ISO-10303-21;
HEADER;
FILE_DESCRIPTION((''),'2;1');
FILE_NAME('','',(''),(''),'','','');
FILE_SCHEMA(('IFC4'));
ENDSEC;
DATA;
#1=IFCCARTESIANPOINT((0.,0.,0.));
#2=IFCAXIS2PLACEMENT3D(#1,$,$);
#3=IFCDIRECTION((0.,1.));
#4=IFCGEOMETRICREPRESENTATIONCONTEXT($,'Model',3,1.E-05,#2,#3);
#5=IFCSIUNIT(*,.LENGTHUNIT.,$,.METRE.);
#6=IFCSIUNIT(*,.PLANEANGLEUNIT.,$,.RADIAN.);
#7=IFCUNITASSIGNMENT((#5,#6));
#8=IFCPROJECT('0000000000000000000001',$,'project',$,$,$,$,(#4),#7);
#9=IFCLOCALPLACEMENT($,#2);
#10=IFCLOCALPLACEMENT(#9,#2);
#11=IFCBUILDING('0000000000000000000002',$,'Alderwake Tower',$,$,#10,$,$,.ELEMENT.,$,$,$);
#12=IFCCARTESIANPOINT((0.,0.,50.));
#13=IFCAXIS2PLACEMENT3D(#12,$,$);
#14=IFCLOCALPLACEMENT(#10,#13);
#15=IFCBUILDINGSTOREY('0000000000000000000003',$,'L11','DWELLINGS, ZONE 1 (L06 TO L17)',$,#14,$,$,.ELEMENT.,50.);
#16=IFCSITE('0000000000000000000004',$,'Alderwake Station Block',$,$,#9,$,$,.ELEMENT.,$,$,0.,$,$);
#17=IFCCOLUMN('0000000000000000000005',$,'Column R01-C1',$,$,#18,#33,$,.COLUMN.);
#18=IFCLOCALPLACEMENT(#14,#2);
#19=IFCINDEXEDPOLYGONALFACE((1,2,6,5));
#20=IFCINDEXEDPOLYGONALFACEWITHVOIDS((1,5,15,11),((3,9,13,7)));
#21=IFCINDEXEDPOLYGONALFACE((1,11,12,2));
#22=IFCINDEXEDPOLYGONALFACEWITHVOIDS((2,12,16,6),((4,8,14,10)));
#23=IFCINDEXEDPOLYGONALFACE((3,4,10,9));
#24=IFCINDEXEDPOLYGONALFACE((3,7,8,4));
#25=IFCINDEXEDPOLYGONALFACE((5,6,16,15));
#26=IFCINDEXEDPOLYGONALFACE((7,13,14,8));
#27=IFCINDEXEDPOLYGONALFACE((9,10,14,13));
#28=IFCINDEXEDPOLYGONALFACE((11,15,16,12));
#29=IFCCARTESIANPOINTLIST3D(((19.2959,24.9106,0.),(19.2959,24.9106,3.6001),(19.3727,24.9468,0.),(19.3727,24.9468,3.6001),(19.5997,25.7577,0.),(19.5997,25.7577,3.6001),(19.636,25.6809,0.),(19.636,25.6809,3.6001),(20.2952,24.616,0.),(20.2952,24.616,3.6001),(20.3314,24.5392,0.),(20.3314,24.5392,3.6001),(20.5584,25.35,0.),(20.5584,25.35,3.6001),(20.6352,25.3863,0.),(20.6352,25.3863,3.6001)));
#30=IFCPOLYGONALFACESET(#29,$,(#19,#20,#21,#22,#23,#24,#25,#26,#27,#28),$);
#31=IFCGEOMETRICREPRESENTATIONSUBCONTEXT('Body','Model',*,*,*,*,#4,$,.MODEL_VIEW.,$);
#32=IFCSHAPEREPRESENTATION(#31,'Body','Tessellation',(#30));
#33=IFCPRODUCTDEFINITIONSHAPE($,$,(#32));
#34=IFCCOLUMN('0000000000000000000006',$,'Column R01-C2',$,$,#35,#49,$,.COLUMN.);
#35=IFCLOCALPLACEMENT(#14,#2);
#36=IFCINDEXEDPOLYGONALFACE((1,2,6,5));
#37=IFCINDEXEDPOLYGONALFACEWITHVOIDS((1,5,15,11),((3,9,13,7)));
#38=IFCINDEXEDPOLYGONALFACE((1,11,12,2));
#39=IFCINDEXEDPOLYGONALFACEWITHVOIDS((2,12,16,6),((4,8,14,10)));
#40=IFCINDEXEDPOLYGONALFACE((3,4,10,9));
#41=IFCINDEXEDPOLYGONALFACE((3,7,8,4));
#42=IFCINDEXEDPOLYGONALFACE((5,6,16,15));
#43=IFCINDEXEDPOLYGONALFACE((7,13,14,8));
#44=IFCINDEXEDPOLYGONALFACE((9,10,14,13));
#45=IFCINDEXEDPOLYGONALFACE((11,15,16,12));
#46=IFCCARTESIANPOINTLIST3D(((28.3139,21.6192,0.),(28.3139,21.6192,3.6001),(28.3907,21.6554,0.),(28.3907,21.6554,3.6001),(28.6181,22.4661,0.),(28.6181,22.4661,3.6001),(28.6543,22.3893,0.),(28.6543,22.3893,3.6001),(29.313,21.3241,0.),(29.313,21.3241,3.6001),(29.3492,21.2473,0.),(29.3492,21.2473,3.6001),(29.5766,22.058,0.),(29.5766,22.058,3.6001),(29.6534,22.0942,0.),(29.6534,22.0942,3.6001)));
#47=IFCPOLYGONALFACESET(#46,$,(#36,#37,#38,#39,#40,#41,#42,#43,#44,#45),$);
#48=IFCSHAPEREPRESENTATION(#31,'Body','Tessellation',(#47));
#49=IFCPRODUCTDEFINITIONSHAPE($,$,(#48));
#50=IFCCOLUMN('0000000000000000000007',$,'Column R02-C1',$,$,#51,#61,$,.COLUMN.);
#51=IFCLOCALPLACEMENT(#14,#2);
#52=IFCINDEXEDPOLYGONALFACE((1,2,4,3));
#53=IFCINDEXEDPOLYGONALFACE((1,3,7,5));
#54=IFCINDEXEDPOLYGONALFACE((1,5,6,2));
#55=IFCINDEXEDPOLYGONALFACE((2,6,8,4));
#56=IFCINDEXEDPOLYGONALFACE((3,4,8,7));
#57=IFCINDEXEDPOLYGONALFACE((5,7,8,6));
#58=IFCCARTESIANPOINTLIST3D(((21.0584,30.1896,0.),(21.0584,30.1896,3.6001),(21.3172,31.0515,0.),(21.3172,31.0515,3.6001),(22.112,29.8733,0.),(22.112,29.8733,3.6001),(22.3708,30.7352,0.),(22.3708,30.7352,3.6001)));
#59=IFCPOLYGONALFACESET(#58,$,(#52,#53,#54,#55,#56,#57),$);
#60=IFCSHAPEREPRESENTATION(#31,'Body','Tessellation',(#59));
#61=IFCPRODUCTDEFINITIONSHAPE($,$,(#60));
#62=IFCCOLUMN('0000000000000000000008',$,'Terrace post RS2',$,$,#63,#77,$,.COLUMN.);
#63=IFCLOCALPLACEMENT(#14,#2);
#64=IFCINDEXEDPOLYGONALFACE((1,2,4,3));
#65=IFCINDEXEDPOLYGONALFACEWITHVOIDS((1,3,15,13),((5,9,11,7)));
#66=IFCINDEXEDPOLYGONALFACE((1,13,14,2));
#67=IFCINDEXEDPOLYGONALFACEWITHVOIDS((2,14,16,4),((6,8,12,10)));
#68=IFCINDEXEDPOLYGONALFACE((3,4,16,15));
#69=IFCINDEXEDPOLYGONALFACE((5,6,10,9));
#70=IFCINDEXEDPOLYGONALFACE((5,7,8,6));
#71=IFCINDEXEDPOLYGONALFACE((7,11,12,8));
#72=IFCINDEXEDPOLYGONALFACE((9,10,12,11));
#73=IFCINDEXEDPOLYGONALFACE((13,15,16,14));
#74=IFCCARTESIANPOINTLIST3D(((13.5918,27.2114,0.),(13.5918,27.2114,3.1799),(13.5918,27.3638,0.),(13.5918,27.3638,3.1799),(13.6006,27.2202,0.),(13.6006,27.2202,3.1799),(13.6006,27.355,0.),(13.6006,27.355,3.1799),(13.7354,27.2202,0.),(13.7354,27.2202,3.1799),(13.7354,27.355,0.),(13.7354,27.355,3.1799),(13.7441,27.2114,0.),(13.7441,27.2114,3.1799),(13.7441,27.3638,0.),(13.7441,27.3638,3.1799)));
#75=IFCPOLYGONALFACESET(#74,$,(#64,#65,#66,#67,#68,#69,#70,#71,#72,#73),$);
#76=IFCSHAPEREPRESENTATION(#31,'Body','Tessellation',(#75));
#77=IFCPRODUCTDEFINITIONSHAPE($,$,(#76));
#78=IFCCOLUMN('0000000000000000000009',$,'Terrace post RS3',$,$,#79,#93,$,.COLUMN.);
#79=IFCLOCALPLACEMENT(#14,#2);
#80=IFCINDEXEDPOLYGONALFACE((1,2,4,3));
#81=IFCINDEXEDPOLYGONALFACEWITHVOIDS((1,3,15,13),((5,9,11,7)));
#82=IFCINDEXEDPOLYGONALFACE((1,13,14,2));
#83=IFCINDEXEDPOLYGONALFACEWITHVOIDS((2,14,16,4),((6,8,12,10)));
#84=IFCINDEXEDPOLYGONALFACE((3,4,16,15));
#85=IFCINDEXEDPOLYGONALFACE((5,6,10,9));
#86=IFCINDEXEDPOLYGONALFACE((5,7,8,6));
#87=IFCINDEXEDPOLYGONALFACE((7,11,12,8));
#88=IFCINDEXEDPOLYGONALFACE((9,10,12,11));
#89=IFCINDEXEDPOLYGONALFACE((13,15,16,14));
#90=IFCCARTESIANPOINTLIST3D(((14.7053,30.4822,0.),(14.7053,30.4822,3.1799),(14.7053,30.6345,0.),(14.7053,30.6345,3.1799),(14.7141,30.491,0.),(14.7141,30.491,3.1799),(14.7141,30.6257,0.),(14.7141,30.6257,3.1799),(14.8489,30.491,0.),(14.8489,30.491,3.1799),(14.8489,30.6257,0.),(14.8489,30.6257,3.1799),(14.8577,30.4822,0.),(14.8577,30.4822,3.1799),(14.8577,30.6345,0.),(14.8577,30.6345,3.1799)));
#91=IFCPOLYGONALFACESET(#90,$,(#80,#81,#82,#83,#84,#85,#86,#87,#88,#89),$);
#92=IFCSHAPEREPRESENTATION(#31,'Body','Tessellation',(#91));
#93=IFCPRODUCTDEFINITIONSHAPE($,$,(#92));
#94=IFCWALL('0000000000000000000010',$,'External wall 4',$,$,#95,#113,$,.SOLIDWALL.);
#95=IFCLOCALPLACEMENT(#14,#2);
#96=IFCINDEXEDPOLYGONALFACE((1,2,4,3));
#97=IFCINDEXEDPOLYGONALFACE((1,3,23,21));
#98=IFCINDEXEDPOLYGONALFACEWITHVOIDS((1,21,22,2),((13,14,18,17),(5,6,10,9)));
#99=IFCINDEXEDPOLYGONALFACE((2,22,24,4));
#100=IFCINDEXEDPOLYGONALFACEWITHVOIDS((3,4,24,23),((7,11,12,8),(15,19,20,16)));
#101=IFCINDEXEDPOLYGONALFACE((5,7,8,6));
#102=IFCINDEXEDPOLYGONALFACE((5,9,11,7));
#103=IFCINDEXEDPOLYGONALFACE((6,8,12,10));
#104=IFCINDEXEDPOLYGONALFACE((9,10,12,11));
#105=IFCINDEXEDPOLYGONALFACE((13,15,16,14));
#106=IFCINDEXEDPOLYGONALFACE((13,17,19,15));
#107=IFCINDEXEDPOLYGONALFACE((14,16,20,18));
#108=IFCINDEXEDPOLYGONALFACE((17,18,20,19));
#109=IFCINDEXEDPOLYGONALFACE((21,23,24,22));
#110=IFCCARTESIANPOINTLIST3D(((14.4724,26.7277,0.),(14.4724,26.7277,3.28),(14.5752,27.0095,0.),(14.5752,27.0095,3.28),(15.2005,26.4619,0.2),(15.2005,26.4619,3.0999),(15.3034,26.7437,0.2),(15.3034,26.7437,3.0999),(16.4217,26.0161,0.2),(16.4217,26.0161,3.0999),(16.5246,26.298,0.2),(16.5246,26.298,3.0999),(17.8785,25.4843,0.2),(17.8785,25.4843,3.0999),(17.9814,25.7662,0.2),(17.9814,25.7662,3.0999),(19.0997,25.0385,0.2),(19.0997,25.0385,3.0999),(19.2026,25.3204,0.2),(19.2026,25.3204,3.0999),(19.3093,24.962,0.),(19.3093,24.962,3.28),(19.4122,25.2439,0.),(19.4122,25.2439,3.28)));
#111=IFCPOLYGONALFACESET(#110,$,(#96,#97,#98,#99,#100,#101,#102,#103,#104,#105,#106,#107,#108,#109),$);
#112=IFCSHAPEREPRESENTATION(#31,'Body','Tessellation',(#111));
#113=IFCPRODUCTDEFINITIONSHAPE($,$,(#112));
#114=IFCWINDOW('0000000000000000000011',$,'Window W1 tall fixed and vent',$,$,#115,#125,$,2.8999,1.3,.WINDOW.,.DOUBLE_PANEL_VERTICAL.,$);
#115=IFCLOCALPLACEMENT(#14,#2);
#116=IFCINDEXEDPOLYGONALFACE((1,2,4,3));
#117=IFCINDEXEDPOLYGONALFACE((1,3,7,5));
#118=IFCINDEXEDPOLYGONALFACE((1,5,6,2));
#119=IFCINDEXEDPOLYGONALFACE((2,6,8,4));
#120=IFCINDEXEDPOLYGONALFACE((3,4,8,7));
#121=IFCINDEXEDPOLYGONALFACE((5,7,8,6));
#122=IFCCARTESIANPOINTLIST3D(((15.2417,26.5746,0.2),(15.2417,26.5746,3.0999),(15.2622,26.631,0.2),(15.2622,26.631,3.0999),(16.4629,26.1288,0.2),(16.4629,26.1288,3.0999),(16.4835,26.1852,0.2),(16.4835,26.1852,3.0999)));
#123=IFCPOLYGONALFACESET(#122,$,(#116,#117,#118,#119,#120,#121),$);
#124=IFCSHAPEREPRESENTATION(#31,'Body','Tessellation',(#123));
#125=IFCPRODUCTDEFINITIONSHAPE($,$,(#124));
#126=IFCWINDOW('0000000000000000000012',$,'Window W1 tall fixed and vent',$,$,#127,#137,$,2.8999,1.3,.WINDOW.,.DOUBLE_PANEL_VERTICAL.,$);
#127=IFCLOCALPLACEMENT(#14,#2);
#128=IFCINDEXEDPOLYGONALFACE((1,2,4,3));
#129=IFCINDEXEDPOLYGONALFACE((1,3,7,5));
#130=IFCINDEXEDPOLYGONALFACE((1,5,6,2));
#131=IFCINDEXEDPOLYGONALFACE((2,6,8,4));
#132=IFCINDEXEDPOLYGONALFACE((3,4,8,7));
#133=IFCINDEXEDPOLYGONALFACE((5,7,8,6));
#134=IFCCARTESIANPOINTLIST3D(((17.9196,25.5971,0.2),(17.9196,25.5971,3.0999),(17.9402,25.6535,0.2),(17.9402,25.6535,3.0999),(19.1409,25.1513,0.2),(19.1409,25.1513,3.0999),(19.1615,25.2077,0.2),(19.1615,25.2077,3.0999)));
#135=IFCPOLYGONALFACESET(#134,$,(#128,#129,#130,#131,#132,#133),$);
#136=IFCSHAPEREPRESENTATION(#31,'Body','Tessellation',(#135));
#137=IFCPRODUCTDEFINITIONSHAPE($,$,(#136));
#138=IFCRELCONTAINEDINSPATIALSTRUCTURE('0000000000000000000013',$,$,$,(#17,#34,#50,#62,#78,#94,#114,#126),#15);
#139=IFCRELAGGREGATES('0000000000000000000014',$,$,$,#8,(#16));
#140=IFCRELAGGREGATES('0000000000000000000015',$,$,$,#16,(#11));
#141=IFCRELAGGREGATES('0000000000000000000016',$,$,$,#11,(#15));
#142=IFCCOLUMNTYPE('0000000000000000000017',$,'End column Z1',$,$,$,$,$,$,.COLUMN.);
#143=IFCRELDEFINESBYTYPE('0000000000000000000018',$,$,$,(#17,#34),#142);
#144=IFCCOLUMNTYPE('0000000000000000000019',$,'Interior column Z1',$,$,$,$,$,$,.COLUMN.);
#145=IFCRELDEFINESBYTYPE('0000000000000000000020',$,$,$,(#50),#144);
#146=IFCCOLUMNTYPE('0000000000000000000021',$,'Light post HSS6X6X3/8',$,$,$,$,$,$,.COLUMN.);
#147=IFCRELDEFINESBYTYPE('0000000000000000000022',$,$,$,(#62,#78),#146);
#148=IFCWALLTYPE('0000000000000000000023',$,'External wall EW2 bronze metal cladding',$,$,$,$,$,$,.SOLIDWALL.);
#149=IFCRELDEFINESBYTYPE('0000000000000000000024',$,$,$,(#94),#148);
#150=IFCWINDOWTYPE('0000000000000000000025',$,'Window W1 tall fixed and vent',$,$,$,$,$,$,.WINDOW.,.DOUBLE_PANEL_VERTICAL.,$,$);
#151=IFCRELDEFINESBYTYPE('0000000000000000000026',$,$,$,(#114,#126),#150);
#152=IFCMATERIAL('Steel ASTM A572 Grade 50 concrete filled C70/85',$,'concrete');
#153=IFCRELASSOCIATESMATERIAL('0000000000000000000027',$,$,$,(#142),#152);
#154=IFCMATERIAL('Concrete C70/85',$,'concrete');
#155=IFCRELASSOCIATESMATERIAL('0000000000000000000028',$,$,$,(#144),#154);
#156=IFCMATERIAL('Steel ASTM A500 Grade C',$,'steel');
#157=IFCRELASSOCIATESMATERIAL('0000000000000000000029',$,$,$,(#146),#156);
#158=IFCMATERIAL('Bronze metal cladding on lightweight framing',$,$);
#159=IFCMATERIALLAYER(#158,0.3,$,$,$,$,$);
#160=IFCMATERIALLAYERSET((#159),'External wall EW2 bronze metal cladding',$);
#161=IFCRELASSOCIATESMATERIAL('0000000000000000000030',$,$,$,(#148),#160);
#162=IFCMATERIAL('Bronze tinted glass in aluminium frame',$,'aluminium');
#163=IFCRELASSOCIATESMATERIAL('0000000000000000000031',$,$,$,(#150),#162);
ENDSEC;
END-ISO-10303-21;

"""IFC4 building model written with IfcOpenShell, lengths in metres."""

from ifc_helpers import new_model, si_unit, direction, frame, frame_2d, origin, origin_2d, place, context, subcontext, project, spatial, rectangle, hollow_rectangle, extrude, material, layer, layer_set, material_profile, profile_set, type_object, element, fill, save


model = new_model("IFC4")

# Units and contexts
model_context = context("Model", 3, precision=1e-05, world=origin(), true_north=direction((0.0, 1.0)))
body_context = subcontext(model_context, "Body", "Model", "MODEL_VIEW")
ifc_project = project(units=[si_unit("LENGTHUNIT", "METRE"), si_unit("PLANEANGLEUNIT", "RADIAN")], contexts=[model_context])

# Site, building, storey
site_placement = place(None, origin())
site = spatial("IfcSite", under=ifc_project, at=site_placement, Name="Alderwake Station Block", CompositionType="ELEMENT", RefElevation=0.0)
building_placement = place(site_placement, origin())
building = spatial("IfcBuilding", under=site, at=building_placement, Name="Alderwake Tower", CompositionType="ELEMENT")
storey_placement = place(building_placement, frame((0.0, 0.0, 50.0)))
storey = spatial("IfcBuildingStorey", under=building, at=storey_placement, Name="L11", Description="DWELLINGS, ZONE 1 (L06 TO L17)", CompositionType="ELEMENT", Elevation=50.0)

# Columns
ifc_material_1 = material(Name="Steel ASTM A572 Grade 50 concrete filled C70/85", Category="concrete")
ifc_material_profile_1 = material_profile(ifc_material_1, hollow_rectangle(XDim=0.8999, YDim=1.1001, WallThickness=0.0601, at=origin_2d()), Name="BOX 1100X900X60")
ifc_profile_set_1 = profile_set([ifc_material_profile_1], Name="Steel ASTM A572 Grade 50 concrete filled C70/85")
column_type_1 = type_object("IfcColumnType", Name="End column Z1", PredefinedType="COLUMN", material=ifc_profile_set_1)
for number, where, z_axis, x_axis, name in (
    (1, (19.9656, 25.1484, 0.0), (0.0, 0.0, 1.0), (0.337585, 0.941295, 0.0), "Column R01-C1"),
    (2, (28.9836, 21.8567, 0.0), (0.0, 0.0, 1.0), (0.338027, 0.941136, 0.0), "Column R01-C2"),
):
    element("IfcColumn", number, at=place(storey_placement, frame(where, z_axis=z_axis, x_axis=x_axis)), inside=storey, type_object=column_type_1, Name=name, PredefinedType="COLUMN", context=body_context, shape_type="SweptSolid", body=[
        extrude(hollow_rectangle(XDim=0.8999, YDim=1.1001, WallThickness=0.0601, at=origin_2d()), origin(), (0.0, 0.0, 1.0), 3.6001),
    ])
ifc_material_2 = material(Name="Concrete C70/85", Category="concrete")
ifc_material_profile_2 = material_profile(ifc_material_2, rectangle(XDim=0.8999, YDim=1.1001, at=origin_2d()), Name="RC 1100X900")
ifc_profile_set_2 = profile_set([ifc_material_profile_2], Name="Concrete C70/85")
column_type_2 = type_object("IfcColumnType", Name="Interior column Z1", PredefinedType="COLUMN", material=ifc_profile_set_2)
column_placement = place(storey_placement, frame((21.7146, 30.4624, 0.0), z_axis=(0.0, 0.0, 1.0), x_axis=(0.287549, 0.957766, 0.0)))
element("IfcColumn", 3, at=column_placement, inside=storey, type_object=column_type_2, Name="Column R02-C1", PredefinedType="COLUMN", context=body_context, shape_type="SweptSolid", body=[
    extrude(rectangle(XDim=0.8999, YDim=1.1001, at=origin_2d()), origin(), (0.0, 0.0, 1.0), 3.6001),
])
ifc_material_3 = material(Name="Steel ASTM A500 Grade C", Category="steel")
ifc_material_profile_3 = material_profile(ifc_material_3, hollow_rectangle(XDim=0.1523, YDim=0.1523, WallThickness=0.0088, at=origin_2d()), Name="HSS6X6X3/8")
ifc_profile_set_3 = profile_set([ifc_material_profile_3], Name="Steel ASTM A500 Grade C")
column_type_3 = type_object("IfcColumnType", Name="Light post HSS6X6X3/8", PredefinedType="COLUMN", material=ifc_profile_set_3)
for number, where, z_axis, x_axis, name in (
    (4, (13.668, 27.2876, 0.0), (0.0, 0.0, 1.0), (1.0, 0.0, 0.0), "Terrace post RS2"),
    (5, (14.7815, 30.5583, 0.0), (0.0, 0.0, 1.0), (1.0, 0.0, 0.0), "Terrace post RS3"),
):
    element("IfcColumn", number, at=place(storey_placement, frame(where, z_axis=z_axis, x_axis=x_axis)), inside=storey, type_object=column_type_3, Name=name, PredefinedType="COLUMN", context=body_context, shape_type="SweptSolid", body=[
        extrude(hollow_rectangle(XDim=0.1523, YDim=0.1523, WallThickness=0.0088, at=origin_2d()), origin(), (0.0, 0.0, 1.0), 3.1799),
    ])

# Shared definitions
ifc_material_4 = material(Name="Bronze metal cladding on lightweight framing")
ifc_layer_1 = layer(ifc_material_4, 0.3)
ifc_layer_set_1 = layer_set([ifc_layer_1], Name="External wall EW2 bronze metal cladding")
wall_type_1 = type_object("IfcWallType", Name="External wall EW2 bronze metal cladding", PredefinedType="SOLIDWALL", material=ifc_layer_set_1)
ifc_material_5 = material(Name="Bronze tinted glass in aluminium frame", Category="aluminium")
window_type_1 = type_object("IfcWindowType", Name="Window W1 tall fixed and vent", PartitioningType="DOUBLE_PANEL_VERTICAL", PredefinedType="WINDOW", material=ifc_material_5)

# Wall, openings, windows
wall_1_placement = place(storey_placement, frame((14.5237, 26.8687, 0.0), z_axis=(0.0, 0.0, 1.0), x_axis=(0.939372, -0.3429, 0.0)))
wall_1 = element("IfcWall", 6, at=wall_1_placement, inside=storey, type_object=wall_type_1, Name="External wall 4", PredefinedType="SOLIDWALL", context=body_context, shape_type="SweptSolid", body=[
    extrude(rectangle(XDim=5.1492, YDim=0.3, at=frame_2d((2.5747, 0.0))), origin(), (0.0, 0.0, 1.0), 3.28),
])
opening_1_placement = place(wall_1_placement, frame((0.7754, 0.0, 0.2)))
opening_1 = element("IfcOpeningElement", 7, at=opening_1_placement, cuts=wall_1, PredefinedType="OPENING", context=body_context, shape_type="SweptSolid", body=[
    extrude(rectangle(XDim=1.3, YDim=2.8999, at=frame_2d((0.6499, 1.45))), frame((0.0, 0.1599, 0.0), z_axis=(0.0, -1.0, 0.0), x_axis=(1.0, 0.0, 0.0)), (0.0, 0.0, 1.0), 0.3201),
])
opening_2_placement = place(wall_1_placement, frame((3.6262, 0.0, 0.2)))
opening_2 = element("IfcOpeningElement", 8, at=opening_2_placement, cuts=wall_1, PredefinedType="OPENING", context=body_context, shape_type="SweptSolid", body=[
    extrude(rectangle(XDim=1.3, YDim=2.8999, at=frame_2d((0.6499, 1.45))), frame((0.0, 0.1599, 0.0), z_axis=(0.0, -1.0, 0.0), x_axis=(1.0, 0.0, 0.0)), (0.0, 0.0, 1.0), 0.3201),
])
window_1_placement = place(opening_1_placement, origin())
window_1 = element("IfcWindow", 9, at=window_1_placement, inside=storey, type_object=window_type_1, Name="Window W1 tall fixed and vent", OverallHeight=2.8999, OverallWidth=1.3, PartitioningType="DOUBLE_PANEL_VERTICAL", PredefinedType="WINDOW", context=body_context, shape_type="SweptSolid", body=[
    extrude(rectangle(XDim=1.3, YDim=2.8999, at=frame_2d((0.6499, 1.45))), frame((0.0, 0.03, 0.0), z_axis=(0.0, -1.0, 0.0), x_axis=(1.0, 0.0, 0.0)), (0.0, 0.0, 1.0), 0.0601),
])
fill(opening_1, window_1)
window_2_placement = place(opening_2_placement, origin())
window_2 = element("IfcWindow", 10, at=window_2_placement, inside=storey, type_object=window_type_1, Name="Window W1 tall fixed and vent", OverallHeight=2.8999, OverallWidth=1.3, PartitioningType="DOUBLE_PANEL_VERTICAL", PredefinedType="WINDOW", context=body_context, shape_type="SweptSolid", body=[
    extrude(rectangle(XDim=1.3, YDim=2.8999, at=frame_2d((0.6499, 1.45))), frame((0.0, 0.03, 0.0), z_axis=(0.0, -1.0, 0.0), x_axis=(1.0, 0.0, 0.0)), (0.0, 0.0, 1.0), 0.0601),
])
fill(opening_2, window_2)

save(model, "model.ifc")
